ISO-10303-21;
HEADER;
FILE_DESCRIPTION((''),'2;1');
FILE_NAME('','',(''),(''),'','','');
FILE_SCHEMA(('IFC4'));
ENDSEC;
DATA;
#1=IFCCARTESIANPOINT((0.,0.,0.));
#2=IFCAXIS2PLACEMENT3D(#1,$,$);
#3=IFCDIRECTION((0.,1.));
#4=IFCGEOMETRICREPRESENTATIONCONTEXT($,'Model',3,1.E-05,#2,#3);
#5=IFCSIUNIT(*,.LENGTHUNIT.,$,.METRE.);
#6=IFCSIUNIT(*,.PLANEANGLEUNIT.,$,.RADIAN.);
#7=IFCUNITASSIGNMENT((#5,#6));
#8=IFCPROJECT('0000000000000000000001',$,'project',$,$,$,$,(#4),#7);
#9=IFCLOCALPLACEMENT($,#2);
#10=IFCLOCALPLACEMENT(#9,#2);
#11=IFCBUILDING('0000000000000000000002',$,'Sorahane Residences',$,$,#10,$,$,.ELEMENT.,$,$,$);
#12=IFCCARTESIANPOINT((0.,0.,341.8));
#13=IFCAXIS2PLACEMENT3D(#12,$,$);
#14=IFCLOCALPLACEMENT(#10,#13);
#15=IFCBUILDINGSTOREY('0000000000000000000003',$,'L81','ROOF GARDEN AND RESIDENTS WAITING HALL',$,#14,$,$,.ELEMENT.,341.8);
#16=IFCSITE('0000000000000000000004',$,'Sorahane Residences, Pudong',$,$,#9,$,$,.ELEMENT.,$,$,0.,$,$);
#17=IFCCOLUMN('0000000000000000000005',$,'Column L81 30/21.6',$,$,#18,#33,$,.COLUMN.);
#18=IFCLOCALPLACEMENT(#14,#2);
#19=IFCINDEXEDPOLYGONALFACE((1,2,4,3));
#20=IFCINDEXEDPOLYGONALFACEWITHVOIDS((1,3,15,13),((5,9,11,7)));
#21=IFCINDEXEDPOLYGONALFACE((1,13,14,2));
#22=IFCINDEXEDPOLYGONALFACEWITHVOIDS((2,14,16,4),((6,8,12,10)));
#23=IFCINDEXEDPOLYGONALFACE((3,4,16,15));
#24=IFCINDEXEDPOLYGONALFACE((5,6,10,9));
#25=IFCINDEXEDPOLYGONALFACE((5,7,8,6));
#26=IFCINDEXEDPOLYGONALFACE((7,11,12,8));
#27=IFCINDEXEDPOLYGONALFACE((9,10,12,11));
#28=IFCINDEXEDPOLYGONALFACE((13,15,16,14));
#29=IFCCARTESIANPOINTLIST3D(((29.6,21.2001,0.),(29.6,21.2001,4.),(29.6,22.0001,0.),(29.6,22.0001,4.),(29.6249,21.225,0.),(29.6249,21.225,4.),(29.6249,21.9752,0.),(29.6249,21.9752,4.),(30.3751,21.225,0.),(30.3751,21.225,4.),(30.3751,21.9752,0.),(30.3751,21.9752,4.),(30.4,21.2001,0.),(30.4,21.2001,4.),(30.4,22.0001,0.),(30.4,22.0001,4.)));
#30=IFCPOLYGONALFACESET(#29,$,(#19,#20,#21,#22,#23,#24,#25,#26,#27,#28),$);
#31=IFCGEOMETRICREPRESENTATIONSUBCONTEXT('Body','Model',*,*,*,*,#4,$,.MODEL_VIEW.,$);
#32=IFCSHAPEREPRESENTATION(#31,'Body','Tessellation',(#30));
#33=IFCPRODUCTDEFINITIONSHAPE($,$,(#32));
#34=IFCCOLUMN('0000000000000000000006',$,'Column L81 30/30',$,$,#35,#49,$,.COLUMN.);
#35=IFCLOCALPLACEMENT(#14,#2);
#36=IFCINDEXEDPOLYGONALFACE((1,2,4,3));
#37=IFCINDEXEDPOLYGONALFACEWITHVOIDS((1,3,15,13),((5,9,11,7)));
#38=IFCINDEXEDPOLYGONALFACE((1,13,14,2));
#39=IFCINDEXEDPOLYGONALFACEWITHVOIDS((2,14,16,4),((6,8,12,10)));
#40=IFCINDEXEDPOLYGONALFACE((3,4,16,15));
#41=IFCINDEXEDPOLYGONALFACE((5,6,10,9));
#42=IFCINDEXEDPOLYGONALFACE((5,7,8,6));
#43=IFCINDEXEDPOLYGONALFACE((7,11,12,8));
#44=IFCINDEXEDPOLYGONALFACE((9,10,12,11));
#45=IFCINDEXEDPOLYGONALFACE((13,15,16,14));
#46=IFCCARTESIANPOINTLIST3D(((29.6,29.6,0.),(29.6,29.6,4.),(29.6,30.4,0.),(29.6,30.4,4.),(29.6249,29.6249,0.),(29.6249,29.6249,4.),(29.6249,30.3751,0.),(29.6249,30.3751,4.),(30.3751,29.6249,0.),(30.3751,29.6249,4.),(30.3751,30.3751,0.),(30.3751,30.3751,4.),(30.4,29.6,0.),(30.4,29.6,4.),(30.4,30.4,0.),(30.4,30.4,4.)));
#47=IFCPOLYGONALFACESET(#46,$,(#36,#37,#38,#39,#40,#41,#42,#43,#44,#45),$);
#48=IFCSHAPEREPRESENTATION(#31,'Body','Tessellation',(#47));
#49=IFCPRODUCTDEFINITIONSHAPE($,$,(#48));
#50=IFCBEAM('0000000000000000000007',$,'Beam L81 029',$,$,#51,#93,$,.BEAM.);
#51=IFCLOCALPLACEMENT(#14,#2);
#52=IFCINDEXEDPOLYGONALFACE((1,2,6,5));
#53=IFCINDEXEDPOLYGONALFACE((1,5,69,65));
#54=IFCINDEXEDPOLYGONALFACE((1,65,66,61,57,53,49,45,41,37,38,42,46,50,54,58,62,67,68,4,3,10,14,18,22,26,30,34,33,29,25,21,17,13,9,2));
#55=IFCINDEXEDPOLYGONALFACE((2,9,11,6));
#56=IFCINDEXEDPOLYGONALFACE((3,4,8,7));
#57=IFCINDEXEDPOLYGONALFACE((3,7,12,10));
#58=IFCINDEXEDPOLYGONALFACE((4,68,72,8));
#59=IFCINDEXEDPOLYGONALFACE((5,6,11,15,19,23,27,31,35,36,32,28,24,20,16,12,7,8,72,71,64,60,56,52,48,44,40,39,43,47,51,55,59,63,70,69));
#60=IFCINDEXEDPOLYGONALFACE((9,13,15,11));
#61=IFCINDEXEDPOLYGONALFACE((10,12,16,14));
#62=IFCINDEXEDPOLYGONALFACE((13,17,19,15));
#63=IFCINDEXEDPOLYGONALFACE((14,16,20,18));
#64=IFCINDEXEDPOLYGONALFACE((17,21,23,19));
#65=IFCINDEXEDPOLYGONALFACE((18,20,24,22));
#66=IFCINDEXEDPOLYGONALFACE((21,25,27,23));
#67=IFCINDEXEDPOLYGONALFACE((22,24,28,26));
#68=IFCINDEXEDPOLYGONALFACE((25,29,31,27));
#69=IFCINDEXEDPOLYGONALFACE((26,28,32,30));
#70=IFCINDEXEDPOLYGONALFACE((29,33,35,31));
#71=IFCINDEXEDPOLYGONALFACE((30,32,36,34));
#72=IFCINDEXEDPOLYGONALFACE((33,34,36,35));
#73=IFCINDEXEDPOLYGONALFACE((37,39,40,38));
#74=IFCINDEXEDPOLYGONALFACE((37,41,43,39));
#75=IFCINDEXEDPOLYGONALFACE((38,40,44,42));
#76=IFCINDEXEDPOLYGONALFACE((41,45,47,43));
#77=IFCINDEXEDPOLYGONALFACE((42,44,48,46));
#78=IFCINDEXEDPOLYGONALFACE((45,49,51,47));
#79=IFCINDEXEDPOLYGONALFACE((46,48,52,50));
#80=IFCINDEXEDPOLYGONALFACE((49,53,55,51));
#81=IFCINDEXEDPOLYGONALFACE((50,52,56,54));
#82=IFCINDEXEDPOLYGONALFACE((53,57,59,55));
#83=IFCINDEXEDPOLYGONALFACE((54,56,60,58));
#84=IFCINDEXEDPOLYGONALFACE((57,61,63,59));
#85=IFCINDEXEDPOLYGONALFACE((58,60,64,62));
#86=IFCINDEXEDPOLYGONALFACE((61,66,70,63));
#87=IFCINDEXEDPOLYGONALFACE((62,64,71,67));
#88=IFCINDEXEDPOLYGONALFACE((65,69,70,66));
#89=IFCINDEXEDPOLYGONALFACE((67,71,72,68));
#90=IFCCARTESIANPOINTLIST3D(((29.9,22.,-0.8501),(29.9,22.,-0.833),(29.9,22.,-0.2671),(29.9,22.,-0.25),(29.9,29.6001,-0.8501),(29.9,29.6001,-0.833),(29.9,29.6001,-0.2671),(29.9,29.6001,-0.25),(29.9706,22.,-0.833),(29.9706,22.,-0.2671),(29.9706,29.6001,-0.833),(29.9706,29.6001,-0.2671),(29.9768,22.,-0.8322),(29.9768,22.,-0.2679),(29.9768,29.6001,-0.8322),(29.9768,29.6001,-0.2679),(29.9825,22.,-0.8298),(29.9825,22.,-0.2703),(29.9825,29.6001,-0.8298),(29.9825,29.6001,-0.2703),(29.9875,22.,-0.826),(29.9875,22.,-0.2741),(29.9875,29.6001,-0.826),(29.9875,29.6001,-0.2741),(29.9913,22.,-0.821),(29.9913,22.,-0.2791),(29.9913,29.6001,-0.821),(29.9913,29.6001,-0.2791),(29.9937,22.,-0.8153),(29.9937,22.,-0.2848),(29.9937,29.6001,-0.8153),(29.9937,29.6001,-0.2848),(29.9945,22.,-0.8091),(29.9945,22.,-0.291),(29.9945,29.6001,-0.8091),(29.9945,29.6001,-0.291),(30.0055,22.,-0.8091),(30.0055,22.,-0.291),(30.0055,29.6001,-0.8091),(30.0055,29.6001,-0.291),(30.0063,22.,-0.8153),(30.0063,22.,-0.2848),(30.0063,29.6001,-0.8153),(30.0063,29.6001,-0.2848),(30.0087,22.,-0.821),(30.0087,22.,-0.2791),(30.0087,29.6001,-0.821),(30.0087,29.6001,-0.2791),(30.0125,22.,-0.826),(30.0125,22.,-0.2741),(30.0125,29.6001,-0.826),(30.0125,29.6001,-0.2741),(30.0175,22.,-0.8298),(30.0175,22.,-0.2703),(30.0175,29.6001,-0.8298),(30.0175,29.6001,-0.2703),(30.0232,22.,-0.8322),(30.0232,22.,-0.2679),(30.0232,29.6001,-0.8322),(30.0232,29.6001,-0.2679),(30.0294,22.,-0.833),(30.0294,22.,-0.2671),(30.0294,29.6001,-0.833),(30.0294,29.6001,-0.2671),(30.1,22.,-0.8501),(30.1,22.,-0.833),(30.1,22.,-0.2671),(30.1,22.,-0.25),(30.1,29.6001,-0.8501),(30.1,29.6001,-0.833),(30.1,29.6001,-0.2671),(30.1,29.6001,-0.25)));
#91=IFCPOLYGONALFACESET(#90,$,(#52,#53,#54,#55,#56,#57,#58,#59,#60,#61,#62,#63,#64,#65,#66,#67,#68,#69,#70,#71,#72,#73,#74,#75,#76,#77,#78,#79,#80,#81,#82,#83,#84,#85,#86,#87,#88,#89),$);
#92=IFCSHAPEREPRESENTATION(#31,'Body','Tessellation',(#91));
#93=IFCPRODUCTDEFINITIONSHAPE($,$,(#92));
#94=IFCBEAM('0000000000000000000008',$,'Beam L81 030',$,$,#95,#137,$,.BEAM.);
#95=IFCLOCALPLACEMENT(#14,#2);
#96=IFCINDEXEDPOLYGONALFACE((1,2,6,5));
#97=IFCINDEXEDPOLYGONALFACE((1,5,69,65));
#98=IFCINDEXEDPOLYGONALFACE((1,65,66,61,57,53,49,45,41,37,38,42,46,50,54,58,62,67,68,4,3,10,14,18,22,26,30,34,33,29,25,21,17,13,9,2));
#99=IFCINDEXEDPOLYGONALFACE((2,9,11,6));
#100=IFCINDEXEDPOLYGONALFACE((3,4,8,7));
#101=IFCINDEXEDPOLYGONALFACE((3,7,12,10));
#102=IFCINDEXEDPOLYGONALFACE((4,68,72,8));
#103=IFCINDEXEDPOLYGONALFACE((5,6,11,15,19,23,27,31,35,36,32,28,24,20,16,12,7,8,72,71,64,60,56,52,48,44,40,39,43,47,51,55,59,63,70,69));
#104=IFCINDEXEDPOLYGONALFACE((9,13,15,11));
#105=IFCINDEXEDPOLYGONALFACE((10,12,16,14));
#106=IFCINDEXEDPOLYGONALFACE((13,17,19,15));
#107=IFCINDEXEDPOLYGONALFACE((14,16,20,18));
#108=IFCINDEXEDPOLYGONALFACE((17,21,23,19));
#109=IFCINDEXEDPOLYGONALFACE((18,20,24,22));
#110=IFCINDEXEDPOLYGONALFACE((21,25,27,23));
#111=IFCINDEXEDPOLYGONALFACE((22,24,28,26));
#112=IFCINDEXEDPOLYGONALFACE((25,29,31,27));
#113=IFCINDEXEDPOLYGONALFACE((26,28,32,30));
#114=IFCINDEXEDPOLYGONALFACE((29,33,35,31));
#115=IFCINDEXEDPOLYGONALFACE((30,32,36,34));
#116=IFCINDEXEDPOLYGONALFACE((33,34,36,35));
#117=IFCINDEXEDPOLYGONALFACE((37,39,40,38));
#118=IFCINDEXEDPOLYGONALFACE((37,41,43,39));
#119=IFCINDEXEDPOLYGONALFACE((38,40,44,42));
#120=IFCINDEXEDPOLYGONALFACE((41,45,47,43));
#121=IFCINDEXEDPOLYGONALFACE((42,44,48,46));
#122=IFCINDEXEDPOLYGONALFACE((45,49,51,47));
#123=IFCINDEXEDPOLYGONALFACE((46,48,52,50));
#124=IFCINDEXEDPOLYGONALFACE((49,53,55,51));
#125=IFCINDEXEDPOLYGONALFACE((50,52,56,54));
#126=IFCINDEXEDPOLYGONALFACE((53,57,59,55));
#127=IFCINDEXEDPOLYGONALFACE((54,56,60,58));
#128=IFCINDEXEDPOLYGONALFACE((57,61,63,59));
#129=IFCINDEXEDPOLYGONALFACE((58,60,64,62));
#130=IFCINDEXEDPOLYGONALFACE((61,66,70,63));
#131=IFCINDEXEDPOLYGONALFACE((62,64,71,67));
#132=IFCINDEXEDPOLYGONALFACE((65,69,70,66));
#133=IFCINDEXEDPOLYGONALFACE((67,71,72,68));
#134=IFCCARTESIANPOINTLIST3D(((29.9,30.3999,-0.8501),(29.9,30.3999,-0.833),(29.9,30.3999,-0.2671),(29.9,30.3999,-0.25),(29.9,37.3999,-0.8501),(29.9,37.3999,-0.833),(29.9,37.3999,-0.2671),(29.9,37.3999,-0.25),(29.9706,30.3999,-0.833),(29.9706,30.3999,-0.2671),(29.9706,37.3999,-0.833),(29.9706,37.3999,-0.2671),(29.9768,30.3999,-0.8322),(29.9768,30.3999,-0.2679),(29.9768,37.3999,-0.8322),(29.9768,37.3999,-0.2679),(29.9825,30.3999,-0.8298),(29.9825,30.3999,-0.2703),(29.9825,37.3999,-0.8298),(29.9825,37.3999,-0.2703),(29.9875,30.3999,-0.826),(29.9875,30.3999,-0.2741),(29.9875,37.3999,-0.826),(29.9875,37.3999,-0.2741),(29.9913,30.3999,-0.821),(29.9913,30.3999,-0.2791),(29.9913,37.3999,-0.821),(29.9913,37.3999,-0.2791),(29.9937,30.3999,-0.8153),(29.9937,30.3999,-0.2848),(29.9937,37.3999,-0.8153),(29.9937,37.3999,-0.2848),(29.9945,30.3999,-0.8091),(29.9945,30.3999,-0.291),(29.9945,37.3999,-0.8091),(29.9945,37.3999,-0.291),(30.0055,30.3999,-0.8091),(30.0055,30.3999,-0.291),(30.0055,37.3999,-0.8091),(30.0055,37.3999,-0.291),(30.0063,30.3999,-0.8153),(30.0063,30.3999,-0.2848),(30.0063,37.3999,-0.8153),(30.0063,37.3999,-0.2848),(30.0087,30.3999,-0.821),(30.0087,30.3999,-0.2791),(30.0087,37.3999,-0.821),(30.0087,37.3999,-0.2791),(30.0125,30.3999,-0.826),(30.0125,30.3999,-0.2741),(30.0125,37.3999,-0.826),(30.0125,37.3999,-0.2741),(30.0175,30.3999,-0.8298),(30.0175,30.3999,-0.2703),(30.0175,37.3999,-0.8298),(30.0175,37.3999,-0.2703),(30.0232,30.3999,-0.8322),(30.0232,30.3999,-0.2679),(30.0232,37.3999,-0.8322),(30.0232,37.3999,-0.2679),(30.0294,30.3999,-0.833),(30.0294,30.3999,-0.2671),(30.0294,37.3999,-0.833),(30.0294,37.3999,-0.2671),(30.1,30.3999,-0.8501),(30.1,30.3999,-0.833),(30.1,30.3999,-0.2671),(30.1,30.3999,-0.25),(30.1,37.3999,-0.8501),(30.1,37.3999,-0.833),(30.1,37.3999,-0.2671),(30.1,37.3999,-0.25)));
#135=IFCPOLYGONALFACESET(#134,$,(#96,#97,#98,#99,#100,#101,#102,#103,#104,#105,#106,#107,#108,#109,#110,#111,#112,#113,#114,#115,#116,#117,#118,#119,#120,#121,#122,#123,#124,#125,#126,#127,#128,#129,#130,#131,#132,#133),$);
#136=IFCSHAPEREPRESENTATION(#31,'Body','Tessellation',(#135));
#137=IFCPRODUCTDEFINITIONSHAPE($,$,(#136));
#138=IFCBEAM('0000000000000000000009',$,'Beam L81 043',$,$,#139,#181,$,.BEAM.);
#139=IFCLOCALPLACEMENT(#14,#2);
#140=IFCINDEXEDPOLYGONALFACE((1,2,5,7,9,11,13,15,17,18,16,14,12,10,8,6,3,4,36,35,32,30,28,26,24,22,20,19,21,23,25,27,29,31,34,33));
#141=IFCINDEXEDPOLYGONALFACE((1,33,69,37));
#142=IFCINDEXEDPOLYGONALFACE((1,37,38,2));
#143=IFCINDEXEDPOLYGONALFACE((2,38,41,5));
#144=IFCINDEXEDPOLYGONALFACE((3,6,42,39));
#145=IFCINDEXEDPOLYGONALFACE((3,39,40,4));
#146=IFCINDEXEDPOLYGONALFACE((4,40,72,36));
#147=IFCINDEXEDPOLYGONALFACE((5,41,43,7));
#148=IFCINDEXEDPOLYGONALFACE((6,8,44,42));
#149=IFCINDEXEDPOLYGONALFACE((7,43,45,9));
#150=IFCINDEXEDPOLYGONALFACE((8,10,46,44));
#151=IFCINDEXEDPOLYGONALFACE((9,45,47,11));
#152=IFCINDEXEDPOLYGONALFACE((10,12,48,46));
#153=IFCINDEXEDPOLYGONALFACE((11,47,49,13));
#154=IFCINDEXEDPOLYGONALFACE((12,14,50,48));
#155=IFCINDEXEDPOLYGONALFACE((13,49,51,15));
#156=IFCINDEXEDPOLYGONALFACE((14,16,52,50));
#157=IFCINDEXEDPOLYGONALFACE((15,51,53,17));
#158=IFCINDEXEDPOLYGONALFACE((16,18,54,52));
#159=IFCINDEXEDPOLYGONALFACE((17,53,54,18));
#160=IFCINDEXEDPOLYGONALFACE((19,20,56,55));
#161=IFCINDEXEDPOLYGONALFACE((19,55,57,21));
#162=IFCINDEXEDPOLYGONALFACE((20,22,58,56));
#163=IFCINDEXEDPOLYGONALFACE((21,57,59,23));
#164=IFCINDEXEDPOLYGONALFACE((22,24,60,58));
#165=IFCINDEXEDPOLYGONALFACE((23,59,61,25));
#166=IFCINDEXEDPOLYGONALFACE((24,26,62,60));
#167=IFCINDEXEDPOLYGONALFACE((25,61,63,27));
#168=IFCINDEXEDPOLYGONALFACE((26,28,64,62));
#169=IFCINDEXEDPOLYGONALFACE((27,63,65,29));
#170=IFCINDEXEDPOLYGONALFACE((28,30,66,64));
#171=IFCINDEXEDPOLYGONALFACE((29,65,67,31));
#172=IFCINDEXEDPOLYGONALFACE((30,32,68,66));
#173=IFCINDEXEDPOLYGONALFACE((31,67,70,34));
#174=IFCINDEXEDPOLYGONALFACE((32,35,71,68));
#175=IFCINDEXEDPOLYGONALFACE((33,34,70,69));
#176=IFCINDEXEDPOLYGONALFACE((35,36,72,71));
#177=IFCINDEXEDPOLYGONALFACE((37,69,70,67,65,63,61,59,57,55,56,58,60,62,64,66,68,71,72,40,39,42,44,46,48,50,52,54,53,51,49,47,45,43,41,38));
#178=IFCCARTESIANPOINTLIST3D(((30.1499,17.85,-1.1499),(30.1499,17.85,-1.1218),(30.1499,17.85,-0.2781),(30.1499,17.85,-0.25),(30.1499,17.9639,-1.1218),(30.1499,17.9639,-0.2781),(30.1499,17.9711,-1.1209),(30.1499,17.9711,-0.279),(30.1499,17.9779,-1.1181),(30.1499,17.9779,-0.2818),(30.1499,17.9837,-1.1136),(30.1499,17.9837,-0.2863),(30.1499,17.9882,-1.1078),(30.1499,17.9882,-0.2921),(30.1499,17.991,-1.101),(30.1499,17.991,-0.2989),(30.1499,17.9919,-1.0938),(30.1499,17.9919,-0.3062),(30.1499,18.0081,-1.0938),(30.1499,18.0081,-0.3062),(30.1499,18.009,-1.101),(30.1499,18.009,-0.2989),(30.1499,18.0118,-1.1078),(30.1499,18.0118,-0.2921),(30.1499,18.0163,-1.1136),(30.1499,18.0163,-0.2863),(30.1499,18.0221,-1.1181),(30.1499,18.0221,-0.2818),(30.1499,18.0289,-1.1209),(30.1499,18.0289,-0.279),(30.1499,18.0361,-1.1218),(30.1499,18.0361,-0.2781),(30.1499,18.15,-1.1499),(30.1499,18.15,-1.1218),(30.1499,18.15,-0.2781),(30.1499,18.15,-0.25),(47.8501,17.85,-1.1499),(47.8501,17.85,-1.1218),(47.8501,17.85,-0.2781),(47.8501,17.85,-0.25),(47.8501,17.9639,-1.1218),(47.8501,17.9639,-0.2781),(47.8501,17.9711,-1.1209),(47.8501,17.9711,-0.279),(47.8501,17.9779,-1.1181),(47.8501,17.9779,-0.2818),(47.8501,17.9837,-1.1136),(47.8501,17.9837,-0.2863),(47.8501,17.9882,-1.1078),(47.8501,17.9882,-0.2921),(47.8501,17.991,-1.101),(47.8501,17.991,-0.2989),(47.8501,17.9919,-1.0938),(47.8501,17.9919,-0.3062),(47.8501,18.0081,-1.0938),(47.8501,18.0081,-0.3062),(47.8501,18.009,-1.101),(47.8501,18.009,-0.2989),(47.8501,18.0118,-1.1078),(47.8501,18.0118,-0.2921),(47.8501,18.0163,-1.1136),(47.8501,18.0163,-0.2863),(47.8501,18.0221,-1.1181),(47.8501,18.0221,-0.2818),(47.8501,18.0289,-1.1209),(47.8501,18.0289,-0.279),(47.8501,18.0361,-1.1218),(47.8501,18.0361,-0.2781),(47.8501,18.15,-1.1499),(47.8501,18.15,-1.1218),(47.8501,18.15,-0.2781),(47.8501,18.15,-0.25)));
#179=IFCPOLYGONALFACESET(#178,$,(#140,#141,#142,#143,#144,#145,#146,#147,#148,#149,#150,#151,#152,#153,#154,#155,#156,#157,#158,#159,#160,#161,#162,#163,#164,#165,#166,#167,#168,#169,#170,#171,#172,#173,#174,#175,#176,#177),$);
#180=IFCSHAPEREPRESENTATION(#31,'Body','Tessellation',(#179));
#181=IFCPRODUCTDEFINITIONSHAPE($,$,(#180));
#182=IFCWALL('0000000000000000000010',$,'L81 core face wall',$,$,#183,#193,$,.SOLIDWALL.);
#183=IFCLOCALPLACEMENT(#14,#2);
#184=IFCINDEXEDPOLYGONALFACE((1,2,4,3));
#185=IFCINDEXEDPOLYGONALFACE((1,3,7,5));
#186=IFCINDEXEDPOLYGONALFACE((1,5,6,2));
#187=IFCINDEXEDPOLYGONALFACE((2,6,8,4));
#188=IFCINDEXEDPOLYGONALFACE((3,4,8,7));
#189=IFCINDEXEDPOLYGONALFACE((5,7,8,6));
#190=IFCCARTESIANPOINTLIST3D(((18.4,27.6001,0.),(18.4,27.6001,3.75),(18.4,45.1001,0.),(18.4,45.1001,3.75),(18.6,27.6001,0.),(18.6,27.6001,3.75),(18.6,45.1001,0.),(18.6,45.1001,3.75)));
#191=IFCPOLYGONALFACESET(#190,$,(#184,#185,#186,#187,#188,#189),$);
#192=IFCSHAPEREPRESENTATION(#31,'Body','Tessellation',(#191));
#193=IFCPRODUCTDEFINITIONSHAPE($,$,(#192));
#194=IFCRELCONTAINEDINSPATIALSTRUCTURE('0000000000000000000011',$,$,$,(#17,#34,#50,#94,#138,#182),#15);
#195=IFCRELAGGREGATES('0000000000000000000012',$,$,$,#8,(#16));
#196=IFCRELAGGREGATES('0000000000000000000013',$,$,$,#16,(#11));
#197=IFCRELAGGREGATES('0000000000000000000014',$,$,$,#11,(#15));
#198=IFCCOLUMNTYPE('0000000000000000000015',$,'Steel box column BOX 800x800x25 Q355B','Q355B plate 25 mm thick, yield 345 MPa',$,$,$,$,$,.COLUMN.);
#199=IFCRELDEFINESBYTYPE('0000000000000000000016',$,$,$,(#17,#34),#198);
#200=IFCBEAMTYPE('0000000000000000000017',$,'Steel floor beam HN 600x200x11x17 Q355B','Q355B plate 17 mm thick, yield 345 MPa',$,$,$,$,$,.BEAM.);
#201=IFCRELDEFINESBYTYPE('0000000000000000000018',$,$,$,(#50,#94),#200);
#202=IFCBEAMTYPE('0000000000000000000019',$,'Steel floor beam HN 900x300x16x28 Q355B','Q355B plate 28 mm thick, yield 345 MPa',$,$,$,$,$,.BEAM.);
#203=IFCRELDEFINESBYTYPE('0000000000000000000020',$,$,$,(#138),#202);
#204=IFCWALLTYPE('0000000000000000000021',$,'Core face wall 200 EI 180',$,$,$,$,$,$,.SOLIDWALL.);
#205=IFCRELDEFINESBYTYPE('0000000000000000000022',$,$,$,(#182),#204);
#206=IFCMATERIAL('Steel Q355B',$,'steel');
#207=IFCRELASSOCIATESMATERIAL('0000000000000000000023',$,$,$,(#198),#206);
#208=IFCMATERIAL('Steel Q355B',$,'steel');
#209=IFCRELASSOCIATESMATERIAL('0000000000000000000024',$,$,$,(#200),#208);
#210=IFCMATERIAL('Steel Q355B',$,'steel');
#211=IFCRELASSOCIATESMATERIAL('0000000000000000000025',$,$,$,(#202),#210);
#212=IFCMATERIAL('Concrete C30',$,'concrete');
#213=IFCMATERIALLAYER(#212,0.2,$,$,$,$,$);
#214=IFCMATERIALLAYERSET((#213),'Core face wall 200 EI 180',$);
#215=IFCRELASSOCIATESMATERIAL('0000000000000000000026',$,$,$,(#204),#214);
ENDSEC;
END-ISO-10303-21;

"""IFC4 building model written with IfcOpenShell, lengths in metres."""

from ifc_helpers import new_model, si_unit, direction, frame, frame_2d, origin, origin_2d, place, context, subcontext, project, spatial, rectangle, hollow_rectangle, i_section, extrude, material, layer, layer_set, material_profile, profile_set, type_object, element, save


model = new_model("IFC4")

# Units and contexts
model_context = context("Model", 3, precision=1e-05, world=origin(), true_north=direction((0.0, 1.0)))
body_context = subcontext(model_context, "Body", "Model", "MODEL_VIEW")
ifc_project = project(units=[si_unit("LENGTHUNIT", "METRE"), si_unit("PLANEANGLEUNIT", "RADIAN")], contexts=[model_context])

# Site, building, storey
site_placement = place(None, origin())
site = spatial("IfcSite", under=ifc_project, at=site_placement, Name="Sorahane Residences, Pudong", CompositionType="ELEMENT", RefElevation=0.0)
building_placement = place(site_placement, origin())
building = spatial("IfcBuilding", under=site, at=building_placement, Name="Sorahane Residences", CompositionType="ELEMENT")
storey_placement = place(building_placement, frame((0.0, 0.0, 341.8)))
storey = spatial("IfcBuildingStorey", under=building, at=storey_placement, Name="L81", Description="ROOF GARDEN AND RESIDENTS WAITING HALL", CompositionType="ELEMENT", Elevation=341.8)

# Columns
ifc_material_1 = material(Name="Steel Q355B", Category="steel")
ifc_material_profile_1 = material_profile(ifc_material_1, hollow_rectangle(XDim=0.8, YDim=0.8, WallThickness=0.0249, at=origin_2d()), Name="BOX 800x800x25")
ifc_profile_set_1 = profile_set([ifc_material_profile_1], Name="Steel Q355B")
column_type = type_object("IfcColumnType", Name="Steel box column BOX 800x800x25 Q355B", Description="Q355B plate 25 mm thick, yield 345 MPa", PredefinedType="COLUMN", material=ifc_profile_set_1)
for number, where, z_axis, x_axis, name in (
    (1, (30.0, 21.6001, 0.0), (0.0, 0.0, 1.0), (1.0, 0.0, 0.0), "Column L81 30/21.6"),
    (2, (30.0, 30.0, 0.0), (0.0, 0.0, 1.0), (1.0, 0.0, 0.0), "Column L81 30/30"),
):
    element("IfcColumn", number, at=place(storey_placement, frame(where, z_axis=z_axis, x_axis=x_axis)), inside=storey, type_object=column_type, Name=name, PredefinedType="COLUMN", context=body_context, shape_type="SweptSolid", body=[
        extrude(hollow_rectangle(XDim=0.8, YDim=0.8, WallThickness=0.0249, at=origin_2d()), origin(), (0.0, 0.0, 1.0), 4.0),
    ])

# Beams
ifc_material_2 = material(Name="Steel Q355B", Category="steel")
ifc_material_profile_2 = material_profile(ifc_material_2, i_section(OverallWidth=0.2, OverallDepth=0.6001, WebThickness=0.011, FlangeThickness=0.0171, FilletRadius=0.0239, at=origin_2d()), Name="HN 600x200x11x17")
ifc_profile_set_2 = profile_set([ifc_material_profile_2], Name="Steel Q355B")
beam_type_1 = type_object("IfcBeamType", Name="Steel floor beam HN 600x200x11x17 Q355B", Description="Q355B plate 17 mm thick, yield 345 MPa", PredefinedType="BEAM", material=ifc_profile_set_2)
beam_1_placement = place(storey_placement, frame((30.0, 22.0, -0.55), z_axis=(0.0, 1.0, 0.0), x_axis=(-1.0, 0.0, 0.0)))
element("IfcBeam", 3, at=beam_1_placement, inside=storey, type_object=beam_type_1, Name="Beam L81 029", PredefinedType="BEAM", context=body_context, shape_type="SweptSolid", body=[
    extrude(i_section(OverallWidth=0.2, OverallDepth=0.6001, WebThickness=0.011, FlangeThickness=0.0171, FilletRadius=0.0239, at=origin_2d()), origin(), (0.0, 0.0, 1.0), 7.6001),
])
beam_2_placement = place(storey_placement, frame((30.0, 30.3999, -0.55), z_axis=(0.0, 1.0, 0.0), x_axis=(-1.0, 0.0, 0.0)))
element("IfcBeam", 4, at=beam_2_placement, inside=storey, type_object=beam_type_1, Name="Beam L81 030", PredefinedType="BEAM", context=body_context, shape_type="SweptSolid", body=[
    extrude(i_section(OverallWidth=0.2, OverallDepth=0.6001, WebThickness=0.011, FlangeThickness=0.0171, FilletRadius=0.0239, at=origin_2d()), origin(), (0.0, 0.0, 1.0), 7.0),
])
ifc_material_3 = material(Name="Steel Q355B", Category="steel")
ifc_material_profile_3 = material_profile(ifc_material_3, i_section(OverallWidth=0.3, OverallDepth=0.8999, WebThickness=0.0161, FlangeThickness=0.0281, FilletRadius=0.0281, at=origin_2d()), Name="HN 900x300x16x28")
ifc_profile_set_3 = profile_set([ifc_material_profile_3], Name="Steel Q355B")
beam_type_2 = type_object("IfcBeamType", Name="Steel floor beam HN 900x300x16x28 Q355B", Description="Q355B plate 28 mm thick, yield 345 MPa", PredefinedType="BEAM", material=ifc_profile_set_3)
beam_3_placement = place(storey_placement, frame((30.1499, 18.0, -0.7), z_axis=(1.0, 0.0, 0.0), x_axis=(0.0, 1.0, 0.0)))
element("IfcBeam", 5, at=beam_3_placement, inside=storey, type_object=beam_type_2, Name="Beam L81 043", PredefinedType="BEAM", context=body_context, shape_type="SweptSolid", body=[
    extrude(i_section(OverallWidth=0.3, OverallDepth=0.8999, WebThickness=0.0161, FlangeThickness=0.0281, FilletRadius=0.0281, at=origin_2d()), origin(), (0.0, 0.0, 1.0), 17.7002),
])

# Wall
ifc_material_4 = material(Name="Concrete C30", Category="concrete")
ifc_layer_1 = layer(ifc_material_4, 0.2)
ifc_layer_set_1 = layer_set([ifc_layer_1], Name="Core face wall 200 EI 180")
wall_type_1 = type_object("IfcWallType", Name="Core face wall 200 EI 180", PredefinedType="SOLIDWALL", material=ifc_layer_set_1)
for number, where, z_axis, x_axis, name in (
    (6, (18.5, 27.6001, 0.0), (0.0, 0.0, 1.0), (0.0, 1.0, 0.0), "L81 core face wall"),
):
    element("IfcWall", number, at=place(storey_placement, frame(where, z_axis=z_axis, x_axis=x_axis)), inside=storey, type_object=wall_type_1, Name=name, PredefinedType="SOLIDWALL", context=body_context, shape_type="SweptSolid", body=[
        extrude(rectangle(XDim=17.5, YDim=0.2, at=frame_2d((8.75, 0.0))), origin(), (0.0, 0.0, 1.0), 3.75),
    ])

save(model, "model.ifc")
